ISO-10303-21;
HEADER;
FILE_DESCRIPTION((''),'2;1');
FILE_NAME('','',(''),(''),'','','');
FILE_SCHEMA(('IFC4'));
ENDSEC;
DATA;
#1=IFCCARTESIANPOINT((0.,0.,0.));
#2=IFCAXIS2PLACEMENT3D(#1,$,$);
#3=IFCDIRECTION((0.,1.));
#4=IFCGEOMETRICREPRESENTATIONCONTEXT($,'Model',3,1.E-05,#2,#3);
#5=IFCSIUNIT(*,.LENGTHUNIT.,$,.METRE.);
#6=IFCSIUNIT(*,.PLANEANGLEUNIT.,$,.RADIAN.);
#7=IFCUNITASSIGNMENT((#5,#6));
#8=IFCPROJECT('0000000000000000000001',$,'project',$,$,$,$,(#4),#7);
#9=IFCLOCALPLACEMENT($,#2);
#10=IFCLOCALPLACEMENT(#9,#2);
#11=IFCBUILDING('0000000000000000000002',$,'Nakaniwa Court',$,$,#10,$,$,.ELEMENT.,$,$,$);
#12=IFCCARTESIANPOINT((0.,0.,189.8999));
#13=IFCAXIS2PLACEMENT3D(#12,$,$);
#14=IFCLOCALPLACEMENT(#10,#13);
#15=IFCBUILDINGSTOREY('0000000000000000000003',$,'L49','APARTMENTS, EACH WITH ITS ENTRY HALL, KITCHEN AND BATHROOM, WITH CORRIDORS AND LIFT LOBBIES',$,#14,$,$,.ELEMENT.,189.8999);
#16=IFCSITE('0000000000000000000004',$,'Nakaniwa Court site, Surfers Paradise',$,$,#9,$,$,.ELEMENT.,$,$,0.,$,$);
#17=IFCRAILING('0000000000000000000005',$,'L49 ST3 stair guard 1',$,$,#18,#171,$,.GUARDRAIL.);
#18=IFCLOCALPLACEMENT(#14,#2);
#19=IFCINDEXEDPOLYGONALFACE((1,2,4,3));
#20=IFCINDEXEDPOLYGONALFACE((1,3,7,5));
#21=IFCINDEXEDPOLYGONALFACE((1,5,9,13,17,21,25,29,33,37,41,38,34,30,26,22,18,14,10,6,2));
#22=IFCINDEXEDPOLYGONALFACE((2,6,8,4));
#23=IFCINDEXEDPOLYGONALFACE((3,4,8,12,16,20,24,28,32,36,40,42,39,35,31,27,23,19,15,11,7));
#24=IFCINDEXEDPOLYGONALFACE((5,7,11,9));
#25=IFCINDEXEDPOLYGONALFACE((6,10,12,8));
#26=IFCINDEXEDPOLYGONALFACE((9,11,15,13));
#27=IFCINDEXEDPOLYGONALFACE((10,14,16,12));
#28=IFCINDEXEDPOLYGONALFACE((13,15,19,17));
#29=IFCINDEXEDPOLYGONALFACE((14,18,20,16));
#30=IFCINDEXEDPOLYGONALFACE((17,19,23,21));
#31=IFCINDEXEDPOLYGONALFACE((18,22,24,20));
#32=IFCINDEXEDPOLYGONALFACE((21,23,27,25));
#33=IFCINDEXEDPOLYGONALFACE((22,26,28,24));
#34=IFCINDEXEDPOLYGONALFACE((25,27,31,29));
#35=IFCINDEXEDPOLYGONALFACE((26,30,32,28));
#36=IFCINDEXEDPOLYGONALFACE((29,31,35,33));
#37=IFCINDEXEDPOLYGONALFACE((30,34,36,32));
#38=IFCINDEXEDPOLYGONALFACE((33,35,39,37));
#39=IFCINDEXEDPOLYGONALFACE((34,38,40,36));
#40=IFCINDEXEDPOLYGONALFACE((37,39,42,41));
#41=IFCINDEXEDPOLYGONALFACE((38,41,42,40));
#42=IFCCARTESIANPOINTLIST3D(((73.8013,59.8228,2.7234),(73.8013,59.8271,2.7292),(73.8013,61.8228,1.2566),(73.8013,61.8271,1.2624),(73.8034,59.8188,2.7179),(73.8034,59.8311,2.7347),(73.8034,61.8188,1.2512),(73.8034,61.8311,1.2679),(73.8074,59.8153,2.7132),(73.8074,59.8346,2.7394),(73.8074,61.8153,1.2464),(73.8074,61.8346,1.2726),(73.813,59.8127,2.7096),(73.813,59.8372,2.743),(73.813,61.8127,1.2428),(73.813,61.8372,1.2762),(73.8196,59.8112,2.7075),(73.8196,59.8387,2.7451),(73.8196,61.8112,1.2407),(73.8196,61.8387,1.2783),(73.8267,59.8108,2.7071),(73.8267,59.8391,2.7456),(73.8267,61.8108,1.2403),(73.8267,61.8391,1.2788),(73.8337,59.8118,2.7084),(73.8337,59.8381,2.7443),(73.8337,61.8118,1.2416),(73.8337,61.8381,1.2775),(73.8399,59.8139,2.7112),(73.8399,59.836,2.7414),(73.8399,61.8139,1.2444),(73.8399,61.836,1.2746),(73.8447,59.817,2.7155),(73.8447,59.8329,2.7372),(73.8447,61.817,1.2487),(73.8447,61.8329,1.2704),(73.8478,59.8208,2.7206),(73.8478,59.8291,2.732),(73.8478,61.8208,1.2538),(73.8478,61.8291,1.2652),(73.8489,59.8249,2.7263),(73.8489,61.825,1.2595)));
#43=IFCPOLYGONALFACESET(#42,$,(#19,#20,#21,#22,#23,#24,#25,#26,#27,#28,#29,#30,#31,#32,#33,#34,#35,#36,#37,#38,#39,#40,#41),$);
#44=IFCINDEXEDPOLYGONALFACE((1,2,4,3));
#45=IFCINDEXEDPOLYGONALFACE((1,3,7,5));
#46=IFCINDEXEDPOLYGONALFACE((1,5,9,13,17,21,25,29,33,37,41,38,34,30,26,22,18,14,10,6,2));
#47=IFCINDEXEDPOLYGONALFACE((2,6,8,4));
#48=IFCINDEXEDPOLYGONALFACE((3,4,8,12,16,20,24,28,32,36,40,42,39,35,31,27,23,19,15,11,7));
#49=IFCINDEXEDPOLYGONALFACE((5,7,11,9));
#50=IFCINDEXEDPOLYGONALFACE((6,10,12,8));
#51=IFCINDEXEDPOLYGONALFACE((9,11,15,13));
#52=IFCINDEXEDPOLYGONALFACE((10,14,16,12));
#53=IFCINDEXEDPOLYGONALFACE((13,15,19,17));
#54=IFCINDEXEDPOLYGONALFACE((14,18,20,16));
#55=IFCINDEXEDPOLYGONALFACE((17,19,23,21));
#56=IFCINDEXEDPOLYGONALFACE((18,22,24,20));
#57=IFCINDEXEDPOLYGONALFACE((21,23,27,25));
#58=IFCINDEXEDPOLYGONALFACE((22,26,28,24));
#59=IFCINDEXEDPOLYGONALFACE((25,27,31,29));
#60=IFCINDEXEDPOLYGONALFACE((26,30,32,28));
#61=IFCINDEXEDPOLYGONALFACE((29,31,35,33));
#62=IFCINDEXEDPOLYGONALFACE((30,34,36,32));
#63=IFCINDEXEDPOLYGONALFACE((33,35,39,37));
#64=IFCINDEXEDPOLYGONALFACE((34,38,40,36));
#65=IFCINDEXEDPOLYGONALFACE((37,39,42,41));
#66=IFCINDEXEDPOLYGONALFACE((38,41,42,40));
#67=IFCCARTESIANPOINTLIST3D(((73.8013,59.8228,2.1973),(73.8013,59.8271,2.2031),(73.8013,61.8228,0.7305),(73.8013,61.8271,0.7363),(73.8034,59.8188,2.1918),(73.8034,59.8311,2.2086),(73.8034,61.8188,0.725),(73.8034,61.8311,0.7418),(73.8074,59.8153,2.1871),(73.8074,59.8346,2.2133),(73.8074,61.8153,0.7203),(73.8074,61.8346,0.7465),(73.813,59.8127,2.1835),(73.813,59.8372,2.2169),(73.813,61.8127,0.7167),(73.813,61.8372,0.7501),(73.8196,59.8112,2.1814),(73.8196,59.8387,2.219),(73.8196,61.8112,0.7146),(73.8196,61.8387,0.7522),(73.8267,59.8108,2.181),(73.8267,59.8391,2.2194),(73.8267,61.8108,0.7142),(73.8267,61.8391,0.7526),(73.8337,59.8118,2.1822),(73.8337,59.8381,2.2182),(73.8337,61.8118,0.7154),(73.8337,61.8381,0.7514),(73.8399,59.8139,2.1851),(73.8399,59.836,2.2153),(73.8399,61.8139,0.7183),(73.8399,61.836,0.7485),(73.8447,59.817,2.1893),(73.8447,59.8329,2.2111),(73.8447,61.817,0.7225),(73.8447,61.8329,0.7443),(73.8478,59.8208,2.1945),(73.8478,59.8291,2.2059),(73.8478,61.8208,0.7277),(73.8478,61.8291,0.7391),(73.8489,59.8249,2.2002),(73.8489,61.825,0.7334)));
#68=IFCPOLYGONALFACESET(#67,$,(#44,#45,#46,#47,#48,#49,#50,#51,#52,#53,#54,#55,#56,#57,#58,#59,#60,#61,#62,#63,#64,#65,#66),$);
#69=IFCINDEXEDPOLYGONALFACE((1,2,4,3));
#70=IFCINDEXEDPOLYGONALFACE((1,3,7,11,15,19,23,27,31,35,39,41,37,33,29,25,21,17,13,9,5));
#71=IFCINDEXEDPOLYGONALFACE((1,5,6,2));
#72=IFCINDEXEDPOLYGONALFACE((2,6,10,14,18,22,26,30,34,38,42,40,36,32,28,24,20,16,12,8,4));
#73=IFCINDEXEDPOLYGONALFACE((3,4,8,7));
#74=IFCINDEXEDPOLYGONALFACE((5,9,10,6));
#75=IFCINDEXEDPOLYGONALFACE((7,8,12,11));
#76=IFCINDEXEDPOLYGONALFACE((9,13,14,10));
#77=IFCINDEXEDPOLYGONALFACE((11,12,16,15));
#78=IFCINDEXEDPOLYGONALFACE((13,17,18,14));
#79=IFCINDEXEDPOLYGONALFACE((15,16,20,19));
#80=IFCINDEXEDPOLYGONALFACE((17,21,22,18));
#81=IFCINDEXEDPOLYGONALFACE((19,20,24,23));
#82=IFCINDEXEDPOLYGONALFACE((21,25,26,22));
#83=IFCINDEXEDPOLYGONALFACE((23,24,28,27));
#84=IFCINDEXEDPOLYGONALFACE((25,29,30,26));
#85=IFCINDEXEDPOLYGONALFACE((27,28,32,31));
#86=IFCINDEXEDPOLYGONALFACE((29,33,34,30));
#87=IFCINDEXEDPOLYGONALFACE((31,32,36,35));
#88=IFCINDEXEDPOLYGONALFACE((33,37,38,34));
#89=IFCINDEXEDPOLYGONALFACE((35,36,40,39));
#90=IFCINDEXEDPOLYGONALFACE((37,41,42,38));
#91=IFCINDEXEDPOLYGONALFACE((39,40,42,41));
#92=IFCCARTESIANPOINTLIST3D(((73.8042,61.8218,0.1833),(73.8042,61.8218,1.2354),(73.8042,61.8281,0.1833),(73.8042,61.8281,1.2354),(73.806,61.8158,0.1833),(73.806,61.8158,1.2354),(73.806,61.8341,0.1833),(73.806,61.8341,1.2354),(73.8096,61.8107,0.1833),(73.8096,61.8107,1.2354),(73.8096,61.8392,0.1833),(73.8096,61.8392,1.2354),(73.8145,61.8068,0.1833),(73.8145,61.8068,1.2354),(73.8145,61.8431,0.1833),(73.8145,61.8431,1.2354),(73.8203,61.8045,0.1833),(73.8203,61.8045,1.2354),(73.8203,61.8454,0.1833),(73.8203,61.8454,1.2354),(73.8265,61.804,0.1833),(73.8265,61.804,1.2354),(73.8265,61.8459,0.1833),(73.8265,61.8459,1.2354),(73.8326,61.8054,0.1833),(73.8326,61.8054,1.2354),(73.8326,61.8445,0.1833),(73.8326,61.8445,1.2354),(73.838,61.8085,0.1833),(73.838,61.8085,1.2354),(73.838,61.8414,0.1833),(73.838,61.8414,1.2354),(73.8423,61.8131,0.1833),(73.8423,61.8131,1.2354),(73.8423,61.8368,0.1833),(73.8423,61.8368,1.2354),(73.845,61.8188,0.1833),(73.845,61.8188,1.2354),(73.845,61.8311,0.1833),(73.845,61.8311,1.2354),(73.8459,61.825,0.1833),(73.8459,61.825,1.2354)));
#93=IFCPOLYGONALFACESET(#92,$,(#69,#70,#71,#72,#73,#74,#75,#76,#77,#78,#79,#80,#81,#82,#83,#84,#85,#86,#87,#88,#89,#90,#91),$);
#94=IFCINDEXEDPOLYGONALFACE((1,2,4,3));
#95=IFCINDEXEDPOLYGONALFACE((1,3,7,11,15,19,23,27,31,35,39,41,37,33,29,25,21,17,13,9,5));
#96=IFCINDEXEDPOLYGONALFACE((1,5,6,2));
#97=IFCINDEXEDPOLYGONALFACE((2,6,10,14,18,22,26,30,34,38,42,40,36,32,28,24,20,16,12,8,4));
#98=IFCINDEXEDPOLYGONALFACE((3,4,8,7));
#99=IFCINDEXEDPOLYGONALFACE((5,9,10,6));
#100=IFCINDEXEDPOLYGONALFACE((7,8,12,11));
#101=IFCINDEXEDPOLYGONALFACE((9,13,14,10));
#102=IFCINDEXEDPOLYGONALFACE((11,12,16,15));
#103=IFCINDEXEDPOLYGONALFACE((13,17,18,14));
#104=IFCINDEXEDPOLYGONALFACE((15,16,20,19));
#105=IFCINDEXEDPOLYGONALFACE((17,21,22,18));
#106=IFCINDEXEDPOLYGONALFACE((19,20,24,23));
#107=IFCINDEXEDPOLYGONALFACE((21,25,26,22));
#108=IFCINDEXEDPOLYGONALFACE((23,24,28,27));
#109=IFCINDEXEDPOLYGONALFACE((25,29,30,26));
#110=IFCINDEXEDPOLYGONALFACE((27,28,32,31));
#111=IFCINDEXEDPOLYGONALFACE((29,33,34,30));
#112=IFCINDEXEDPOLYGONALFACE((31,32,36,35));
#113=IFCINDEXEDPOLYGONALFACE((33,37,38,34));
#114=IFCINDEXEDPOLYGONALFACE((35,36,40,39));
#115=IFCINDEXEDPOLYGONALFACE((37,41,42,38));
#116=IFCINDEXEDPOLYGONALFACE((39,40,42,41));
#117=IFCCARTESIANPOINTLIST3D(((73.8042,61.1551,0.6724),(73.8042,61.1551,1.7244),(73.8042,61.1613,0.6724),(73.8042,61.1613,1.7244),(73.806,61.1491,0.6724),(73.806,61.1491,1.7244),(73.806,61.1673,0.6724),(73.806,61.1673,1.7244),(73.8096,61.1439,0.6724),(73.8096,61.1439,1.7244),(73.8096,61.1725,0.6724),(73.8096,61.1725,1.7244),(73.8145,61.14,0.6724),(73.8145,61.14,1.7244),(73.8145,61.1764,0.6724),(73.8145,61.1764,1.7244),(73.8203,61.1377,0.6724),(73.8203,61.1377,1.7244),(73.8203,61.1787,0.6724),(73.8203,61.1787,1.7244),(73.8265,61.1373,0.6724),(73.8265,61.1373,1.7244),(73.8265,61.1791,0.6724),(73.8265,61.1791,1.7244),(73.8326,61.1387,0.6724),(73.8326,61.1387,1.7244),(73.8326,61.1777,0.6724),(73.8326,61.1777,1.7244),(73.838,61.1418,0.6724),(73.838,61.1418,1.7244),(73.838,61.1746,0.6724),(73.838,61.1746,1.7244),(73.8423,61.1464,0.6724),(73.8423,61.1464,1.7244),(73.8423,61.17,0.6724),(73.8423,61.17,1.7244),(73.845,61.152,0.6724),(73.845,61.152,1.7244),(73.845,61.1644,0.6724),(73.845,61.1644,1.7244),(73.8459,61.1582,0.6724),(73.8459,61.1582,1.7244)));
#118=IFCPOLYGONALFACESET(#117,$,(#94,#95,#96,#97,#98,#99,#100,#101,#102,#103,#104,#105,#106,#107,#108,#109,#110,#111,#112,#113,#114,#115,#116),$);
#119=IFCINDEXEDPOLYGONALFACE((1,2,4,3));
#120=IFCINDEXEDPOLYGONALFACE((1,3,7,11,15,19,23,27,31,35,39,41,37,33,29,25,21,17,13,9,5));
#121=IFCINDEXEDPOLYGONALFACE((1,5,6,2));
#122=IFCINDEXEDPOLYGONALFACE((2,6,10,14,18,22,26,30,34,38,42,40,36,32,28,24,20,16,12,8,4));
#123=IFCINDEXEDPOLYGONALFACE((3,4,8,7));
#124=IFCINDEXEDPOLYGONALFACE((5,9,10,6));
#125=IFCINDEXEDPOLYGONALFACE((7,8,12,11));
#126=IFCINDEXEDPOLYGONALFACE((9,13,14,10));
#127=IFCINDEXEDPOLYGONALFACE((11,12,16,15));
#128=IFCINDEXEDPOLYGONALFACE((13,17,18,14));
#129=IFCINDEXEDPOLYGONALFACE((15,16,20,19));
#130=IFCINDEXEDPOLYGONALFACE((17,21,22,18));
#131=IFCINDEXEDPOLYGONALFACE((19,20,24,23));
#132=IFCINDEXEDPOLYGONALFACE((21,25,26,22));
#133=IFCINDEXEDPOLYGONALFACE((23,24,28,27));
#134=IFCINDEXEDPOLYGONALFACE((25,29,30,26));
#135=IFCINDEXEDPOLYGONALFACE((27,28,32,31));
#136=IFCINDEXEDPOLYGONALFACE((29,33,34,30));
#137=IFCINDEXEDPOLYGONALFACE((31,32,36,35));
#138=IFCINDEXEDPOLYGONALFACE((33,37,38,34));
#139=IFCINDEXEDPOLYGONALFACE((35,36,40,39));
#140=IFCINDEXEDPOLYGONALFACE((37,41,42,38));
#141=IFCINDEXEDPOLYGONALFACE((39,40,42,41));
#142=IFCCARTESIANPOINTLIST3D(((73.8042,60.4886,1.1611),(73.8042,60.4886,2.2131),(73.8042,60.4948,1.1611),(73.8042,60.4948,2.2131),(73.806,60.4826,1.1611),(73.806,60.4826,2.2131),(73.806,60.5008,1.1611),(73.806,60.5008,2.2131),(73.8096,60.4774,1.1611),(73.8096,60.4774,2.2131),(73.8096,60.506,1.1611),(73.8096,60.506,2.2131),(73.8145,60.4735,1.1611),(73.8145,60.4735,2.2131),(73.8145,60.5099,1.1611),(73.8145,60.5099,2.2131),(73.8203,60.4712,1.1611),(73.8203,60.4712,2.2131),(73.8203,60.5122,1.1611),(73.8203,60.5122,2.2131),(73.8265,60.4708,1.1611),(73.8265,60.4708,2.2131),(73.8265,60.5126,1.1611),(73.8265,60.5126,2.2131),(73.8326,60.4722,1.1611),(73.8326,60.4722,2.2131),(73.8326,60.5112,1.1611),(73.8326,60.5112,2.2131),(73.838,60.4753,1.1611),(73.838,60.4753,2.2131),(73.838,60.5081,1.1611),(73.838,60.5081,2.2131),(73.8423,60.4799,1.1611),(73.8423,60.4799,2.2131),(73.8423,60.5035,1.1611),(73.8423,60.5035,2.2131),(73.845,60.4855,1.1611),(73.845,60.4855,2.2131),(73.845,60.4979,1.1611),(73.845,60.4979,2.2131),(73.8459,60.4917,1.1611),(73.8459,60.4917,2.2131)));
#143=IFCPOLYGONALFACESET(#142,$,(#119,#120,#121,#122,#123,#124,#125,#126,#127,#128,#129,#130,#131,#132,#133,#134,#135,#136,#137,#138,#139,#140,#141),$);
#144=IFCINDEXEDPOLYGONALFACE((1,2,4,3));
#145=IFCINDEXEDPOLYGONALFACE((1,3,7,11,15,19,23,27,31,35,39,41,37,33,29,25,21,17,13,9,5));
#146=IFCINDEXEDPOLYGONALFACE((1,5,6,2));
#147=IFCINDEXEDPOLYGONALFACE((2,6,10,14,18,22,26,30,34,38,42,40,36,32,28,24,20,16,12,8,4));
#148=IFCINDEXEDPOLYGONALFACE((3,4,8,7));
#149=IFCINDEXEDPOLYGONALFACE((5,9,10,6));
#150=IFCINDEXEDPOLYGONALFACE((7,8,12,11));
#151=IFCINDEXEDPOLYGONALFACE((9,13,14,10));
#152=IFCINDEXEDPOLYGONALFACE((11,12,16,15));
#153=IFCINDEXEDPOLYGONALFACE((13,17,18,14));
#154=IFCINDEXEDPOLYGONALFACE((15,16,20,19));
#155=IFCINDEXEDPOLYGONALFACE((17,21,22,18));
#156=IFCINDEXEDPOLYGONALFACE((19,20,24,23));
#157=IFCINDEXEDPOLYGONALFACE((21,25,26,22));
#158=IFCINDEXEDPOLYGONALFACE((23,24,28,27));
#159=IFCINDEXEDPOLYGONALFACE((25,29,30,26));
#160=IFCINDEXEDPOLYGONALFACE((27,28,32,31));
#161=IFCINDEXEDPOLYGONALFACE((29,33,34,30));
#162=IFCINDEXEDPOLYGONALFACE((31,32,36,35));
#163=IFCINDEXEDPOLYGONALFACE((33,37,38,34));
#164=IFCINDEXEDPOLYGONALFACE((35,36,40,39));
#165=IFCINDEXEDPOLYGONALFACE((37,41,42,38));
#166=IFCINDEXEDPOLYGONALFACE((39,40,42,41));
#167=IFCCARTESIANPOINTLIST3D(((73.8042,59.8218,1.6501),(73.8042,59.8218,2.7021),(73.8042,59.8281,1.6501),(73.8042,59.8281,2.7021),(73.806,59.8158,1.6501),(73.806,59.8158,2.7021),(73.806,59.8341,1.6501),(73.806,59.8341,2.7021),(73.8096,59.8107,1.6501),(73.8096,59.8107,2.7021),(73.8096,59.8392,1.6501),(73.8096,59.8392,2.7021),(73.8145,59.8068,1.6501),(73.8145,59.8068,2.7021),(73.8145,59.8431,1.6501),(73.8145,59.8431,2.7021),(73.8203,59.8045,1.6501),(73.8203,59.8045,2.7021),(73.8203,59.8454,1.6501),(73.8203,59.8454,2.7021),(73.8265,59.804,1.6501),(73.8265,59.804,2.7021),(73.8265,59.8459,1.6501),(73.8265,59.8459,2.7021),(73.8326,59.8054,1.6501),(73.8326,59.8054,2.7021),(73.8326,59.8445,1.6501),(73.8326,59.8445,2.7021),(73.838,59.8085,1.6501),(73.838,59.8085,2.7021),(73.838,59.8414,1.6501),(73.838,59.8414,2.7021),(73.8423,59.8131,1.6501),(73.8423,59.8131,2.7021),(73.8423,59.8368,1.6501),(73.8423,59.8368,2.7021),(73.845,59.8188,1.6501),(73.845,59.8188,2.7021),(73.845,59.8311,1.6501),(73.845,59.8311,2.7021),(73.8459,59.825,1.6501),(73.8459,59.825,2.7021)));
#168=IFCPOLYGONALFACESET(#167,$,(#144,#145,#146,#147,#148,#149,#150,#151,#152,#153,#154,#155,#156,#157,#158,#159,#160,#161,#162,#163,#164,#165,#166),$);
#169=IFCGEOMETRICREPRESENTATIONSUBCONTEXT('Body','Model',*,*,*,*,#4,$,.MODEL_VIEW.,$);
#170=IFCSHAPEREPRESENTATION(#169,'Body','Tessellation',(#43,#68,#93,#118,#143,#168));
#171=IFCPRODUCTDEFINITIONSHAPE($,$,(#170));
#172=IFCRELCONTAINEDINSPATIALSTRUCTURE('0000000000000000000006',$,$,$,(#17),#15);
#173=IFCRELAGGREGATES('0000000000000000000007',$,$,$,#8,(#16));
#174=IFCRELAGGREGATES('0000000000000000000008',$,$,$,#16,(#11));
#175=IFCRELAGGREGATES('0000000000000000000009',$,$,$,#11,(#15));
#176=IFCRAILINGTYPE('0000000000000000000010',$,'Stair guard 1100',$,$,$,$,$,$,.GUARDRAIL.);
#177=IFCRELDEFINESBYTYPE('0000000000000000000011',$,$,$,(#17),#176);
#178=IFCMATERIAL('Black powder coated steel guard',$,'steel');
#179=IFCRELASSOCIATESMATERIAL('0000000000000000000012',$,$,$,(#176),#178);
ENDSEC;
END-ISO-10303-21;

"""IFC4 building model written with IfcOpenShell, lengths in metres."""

from ifc_helpers import new_model, si_unit, direction, frame, origin, origin_2d, place, context, subcontext, project, spatial, circle, extrude, material, type_object, element, save


model = new_model("IFC4")

# Units and contexts
model_context = context("Model", 3, precision=1e-05, world=origin(), true_north=direction((0.0, 1.0)))
body_context = subcontext(model_context, "Body", "Model", "MODEL_VIEW")
ifc_project = project(units=[si_unit("LENGTHUNIT", "METRE"), si_unit("PLANEANGLEUNIT", "RADIAN")], contexts=[model_context])

# Site, building, storey
site_placement = place(None, origin())
site = spatial("IfcSite", under=ifc_project, at=site_placement, Name="Nakaniwa Court site, Surfers Paradise", CompositionType="ELEMENT", RefElevation=0.0)
building_placement = place(site_placement, origin())
building = spatial("IfcBuilding", under=site, at=building_placement, Name="Nakaniwa Court", CompositionType="ELEMENT")
storey_placement = place(building_placement, frame((0.0, 0.0, 189.8999)))
storey = spatial("IfcBuildingStorey", under=building, at=storey_placement, Name="L49", Description="APARTMENTS, EACH WITH ITS ENTRY HALL, KITCHEN AND BATHROOM, WITH CORRIDORS AND LIFT LOBBIES", CompositionType="ELEMENT", Elevation=189.8999)

# Railing
ifc_material_1 = material(Name="Black powder coated steel guard", Category="steel")
railing_type_1 = type_object("IfcRailingType", Name="Stair guard 1100", PredefinedType="GUARDRAIL", material=ifc_material_1)
railing_1_placement = place(storey_placement, frame((73.825, 61.825, 0.1833)))
element("IfcRailing", 1, at=railing_1_placement, inside=storey, type_object=railing_type_1, Name="L49 ST3 stair guard 1", PredefinedType="GUARDRAIL", context=body_context, shape_type="SweptSolid", body=[
    extrude(circle(Radius=0.0239, at=origin_2d()), frame((0.0, 0.0, 1.0762), z_axis=(0.0, -0.80638, 0.591398), x_axis=(1.0, 0.0, 0.0)), (0.0, 0.0, 1.0), 2.4802),
    extrude(circle(Radius=0.0239, at=origin_2d()), frame((0.0, 0.0, 0.55), z_axis=(0.0, -0.80638, 0.591398), x_axis=(1.0, 0.0, 0.0)), (0.0, 0.0, 1.0), 2.4802),
    extrude(circle(Radius=0.021, at=origin_2d()), origin(), (0.0, 0.0, 1.0), 1.052),
    extrude(circle(Radius=0.021, at=origin_2d()), frame((0.0, -0.6667, 0.489)), (0.0, 0.0, 1.0), 1.052),
    extrude(circle(Radius=0.021, at=origin_2d()), frame((0.0, -1.3333, 0.9778)), (0.0, 0.0, 1.0), 1.052),
    extrude(circle(Radius=0.021, at=origin_2d()), frame((0.0, -2.0, 1.4668)), (0.0, 0.0, 1.0), 1.052),
])

save(model, "model.ifc")
